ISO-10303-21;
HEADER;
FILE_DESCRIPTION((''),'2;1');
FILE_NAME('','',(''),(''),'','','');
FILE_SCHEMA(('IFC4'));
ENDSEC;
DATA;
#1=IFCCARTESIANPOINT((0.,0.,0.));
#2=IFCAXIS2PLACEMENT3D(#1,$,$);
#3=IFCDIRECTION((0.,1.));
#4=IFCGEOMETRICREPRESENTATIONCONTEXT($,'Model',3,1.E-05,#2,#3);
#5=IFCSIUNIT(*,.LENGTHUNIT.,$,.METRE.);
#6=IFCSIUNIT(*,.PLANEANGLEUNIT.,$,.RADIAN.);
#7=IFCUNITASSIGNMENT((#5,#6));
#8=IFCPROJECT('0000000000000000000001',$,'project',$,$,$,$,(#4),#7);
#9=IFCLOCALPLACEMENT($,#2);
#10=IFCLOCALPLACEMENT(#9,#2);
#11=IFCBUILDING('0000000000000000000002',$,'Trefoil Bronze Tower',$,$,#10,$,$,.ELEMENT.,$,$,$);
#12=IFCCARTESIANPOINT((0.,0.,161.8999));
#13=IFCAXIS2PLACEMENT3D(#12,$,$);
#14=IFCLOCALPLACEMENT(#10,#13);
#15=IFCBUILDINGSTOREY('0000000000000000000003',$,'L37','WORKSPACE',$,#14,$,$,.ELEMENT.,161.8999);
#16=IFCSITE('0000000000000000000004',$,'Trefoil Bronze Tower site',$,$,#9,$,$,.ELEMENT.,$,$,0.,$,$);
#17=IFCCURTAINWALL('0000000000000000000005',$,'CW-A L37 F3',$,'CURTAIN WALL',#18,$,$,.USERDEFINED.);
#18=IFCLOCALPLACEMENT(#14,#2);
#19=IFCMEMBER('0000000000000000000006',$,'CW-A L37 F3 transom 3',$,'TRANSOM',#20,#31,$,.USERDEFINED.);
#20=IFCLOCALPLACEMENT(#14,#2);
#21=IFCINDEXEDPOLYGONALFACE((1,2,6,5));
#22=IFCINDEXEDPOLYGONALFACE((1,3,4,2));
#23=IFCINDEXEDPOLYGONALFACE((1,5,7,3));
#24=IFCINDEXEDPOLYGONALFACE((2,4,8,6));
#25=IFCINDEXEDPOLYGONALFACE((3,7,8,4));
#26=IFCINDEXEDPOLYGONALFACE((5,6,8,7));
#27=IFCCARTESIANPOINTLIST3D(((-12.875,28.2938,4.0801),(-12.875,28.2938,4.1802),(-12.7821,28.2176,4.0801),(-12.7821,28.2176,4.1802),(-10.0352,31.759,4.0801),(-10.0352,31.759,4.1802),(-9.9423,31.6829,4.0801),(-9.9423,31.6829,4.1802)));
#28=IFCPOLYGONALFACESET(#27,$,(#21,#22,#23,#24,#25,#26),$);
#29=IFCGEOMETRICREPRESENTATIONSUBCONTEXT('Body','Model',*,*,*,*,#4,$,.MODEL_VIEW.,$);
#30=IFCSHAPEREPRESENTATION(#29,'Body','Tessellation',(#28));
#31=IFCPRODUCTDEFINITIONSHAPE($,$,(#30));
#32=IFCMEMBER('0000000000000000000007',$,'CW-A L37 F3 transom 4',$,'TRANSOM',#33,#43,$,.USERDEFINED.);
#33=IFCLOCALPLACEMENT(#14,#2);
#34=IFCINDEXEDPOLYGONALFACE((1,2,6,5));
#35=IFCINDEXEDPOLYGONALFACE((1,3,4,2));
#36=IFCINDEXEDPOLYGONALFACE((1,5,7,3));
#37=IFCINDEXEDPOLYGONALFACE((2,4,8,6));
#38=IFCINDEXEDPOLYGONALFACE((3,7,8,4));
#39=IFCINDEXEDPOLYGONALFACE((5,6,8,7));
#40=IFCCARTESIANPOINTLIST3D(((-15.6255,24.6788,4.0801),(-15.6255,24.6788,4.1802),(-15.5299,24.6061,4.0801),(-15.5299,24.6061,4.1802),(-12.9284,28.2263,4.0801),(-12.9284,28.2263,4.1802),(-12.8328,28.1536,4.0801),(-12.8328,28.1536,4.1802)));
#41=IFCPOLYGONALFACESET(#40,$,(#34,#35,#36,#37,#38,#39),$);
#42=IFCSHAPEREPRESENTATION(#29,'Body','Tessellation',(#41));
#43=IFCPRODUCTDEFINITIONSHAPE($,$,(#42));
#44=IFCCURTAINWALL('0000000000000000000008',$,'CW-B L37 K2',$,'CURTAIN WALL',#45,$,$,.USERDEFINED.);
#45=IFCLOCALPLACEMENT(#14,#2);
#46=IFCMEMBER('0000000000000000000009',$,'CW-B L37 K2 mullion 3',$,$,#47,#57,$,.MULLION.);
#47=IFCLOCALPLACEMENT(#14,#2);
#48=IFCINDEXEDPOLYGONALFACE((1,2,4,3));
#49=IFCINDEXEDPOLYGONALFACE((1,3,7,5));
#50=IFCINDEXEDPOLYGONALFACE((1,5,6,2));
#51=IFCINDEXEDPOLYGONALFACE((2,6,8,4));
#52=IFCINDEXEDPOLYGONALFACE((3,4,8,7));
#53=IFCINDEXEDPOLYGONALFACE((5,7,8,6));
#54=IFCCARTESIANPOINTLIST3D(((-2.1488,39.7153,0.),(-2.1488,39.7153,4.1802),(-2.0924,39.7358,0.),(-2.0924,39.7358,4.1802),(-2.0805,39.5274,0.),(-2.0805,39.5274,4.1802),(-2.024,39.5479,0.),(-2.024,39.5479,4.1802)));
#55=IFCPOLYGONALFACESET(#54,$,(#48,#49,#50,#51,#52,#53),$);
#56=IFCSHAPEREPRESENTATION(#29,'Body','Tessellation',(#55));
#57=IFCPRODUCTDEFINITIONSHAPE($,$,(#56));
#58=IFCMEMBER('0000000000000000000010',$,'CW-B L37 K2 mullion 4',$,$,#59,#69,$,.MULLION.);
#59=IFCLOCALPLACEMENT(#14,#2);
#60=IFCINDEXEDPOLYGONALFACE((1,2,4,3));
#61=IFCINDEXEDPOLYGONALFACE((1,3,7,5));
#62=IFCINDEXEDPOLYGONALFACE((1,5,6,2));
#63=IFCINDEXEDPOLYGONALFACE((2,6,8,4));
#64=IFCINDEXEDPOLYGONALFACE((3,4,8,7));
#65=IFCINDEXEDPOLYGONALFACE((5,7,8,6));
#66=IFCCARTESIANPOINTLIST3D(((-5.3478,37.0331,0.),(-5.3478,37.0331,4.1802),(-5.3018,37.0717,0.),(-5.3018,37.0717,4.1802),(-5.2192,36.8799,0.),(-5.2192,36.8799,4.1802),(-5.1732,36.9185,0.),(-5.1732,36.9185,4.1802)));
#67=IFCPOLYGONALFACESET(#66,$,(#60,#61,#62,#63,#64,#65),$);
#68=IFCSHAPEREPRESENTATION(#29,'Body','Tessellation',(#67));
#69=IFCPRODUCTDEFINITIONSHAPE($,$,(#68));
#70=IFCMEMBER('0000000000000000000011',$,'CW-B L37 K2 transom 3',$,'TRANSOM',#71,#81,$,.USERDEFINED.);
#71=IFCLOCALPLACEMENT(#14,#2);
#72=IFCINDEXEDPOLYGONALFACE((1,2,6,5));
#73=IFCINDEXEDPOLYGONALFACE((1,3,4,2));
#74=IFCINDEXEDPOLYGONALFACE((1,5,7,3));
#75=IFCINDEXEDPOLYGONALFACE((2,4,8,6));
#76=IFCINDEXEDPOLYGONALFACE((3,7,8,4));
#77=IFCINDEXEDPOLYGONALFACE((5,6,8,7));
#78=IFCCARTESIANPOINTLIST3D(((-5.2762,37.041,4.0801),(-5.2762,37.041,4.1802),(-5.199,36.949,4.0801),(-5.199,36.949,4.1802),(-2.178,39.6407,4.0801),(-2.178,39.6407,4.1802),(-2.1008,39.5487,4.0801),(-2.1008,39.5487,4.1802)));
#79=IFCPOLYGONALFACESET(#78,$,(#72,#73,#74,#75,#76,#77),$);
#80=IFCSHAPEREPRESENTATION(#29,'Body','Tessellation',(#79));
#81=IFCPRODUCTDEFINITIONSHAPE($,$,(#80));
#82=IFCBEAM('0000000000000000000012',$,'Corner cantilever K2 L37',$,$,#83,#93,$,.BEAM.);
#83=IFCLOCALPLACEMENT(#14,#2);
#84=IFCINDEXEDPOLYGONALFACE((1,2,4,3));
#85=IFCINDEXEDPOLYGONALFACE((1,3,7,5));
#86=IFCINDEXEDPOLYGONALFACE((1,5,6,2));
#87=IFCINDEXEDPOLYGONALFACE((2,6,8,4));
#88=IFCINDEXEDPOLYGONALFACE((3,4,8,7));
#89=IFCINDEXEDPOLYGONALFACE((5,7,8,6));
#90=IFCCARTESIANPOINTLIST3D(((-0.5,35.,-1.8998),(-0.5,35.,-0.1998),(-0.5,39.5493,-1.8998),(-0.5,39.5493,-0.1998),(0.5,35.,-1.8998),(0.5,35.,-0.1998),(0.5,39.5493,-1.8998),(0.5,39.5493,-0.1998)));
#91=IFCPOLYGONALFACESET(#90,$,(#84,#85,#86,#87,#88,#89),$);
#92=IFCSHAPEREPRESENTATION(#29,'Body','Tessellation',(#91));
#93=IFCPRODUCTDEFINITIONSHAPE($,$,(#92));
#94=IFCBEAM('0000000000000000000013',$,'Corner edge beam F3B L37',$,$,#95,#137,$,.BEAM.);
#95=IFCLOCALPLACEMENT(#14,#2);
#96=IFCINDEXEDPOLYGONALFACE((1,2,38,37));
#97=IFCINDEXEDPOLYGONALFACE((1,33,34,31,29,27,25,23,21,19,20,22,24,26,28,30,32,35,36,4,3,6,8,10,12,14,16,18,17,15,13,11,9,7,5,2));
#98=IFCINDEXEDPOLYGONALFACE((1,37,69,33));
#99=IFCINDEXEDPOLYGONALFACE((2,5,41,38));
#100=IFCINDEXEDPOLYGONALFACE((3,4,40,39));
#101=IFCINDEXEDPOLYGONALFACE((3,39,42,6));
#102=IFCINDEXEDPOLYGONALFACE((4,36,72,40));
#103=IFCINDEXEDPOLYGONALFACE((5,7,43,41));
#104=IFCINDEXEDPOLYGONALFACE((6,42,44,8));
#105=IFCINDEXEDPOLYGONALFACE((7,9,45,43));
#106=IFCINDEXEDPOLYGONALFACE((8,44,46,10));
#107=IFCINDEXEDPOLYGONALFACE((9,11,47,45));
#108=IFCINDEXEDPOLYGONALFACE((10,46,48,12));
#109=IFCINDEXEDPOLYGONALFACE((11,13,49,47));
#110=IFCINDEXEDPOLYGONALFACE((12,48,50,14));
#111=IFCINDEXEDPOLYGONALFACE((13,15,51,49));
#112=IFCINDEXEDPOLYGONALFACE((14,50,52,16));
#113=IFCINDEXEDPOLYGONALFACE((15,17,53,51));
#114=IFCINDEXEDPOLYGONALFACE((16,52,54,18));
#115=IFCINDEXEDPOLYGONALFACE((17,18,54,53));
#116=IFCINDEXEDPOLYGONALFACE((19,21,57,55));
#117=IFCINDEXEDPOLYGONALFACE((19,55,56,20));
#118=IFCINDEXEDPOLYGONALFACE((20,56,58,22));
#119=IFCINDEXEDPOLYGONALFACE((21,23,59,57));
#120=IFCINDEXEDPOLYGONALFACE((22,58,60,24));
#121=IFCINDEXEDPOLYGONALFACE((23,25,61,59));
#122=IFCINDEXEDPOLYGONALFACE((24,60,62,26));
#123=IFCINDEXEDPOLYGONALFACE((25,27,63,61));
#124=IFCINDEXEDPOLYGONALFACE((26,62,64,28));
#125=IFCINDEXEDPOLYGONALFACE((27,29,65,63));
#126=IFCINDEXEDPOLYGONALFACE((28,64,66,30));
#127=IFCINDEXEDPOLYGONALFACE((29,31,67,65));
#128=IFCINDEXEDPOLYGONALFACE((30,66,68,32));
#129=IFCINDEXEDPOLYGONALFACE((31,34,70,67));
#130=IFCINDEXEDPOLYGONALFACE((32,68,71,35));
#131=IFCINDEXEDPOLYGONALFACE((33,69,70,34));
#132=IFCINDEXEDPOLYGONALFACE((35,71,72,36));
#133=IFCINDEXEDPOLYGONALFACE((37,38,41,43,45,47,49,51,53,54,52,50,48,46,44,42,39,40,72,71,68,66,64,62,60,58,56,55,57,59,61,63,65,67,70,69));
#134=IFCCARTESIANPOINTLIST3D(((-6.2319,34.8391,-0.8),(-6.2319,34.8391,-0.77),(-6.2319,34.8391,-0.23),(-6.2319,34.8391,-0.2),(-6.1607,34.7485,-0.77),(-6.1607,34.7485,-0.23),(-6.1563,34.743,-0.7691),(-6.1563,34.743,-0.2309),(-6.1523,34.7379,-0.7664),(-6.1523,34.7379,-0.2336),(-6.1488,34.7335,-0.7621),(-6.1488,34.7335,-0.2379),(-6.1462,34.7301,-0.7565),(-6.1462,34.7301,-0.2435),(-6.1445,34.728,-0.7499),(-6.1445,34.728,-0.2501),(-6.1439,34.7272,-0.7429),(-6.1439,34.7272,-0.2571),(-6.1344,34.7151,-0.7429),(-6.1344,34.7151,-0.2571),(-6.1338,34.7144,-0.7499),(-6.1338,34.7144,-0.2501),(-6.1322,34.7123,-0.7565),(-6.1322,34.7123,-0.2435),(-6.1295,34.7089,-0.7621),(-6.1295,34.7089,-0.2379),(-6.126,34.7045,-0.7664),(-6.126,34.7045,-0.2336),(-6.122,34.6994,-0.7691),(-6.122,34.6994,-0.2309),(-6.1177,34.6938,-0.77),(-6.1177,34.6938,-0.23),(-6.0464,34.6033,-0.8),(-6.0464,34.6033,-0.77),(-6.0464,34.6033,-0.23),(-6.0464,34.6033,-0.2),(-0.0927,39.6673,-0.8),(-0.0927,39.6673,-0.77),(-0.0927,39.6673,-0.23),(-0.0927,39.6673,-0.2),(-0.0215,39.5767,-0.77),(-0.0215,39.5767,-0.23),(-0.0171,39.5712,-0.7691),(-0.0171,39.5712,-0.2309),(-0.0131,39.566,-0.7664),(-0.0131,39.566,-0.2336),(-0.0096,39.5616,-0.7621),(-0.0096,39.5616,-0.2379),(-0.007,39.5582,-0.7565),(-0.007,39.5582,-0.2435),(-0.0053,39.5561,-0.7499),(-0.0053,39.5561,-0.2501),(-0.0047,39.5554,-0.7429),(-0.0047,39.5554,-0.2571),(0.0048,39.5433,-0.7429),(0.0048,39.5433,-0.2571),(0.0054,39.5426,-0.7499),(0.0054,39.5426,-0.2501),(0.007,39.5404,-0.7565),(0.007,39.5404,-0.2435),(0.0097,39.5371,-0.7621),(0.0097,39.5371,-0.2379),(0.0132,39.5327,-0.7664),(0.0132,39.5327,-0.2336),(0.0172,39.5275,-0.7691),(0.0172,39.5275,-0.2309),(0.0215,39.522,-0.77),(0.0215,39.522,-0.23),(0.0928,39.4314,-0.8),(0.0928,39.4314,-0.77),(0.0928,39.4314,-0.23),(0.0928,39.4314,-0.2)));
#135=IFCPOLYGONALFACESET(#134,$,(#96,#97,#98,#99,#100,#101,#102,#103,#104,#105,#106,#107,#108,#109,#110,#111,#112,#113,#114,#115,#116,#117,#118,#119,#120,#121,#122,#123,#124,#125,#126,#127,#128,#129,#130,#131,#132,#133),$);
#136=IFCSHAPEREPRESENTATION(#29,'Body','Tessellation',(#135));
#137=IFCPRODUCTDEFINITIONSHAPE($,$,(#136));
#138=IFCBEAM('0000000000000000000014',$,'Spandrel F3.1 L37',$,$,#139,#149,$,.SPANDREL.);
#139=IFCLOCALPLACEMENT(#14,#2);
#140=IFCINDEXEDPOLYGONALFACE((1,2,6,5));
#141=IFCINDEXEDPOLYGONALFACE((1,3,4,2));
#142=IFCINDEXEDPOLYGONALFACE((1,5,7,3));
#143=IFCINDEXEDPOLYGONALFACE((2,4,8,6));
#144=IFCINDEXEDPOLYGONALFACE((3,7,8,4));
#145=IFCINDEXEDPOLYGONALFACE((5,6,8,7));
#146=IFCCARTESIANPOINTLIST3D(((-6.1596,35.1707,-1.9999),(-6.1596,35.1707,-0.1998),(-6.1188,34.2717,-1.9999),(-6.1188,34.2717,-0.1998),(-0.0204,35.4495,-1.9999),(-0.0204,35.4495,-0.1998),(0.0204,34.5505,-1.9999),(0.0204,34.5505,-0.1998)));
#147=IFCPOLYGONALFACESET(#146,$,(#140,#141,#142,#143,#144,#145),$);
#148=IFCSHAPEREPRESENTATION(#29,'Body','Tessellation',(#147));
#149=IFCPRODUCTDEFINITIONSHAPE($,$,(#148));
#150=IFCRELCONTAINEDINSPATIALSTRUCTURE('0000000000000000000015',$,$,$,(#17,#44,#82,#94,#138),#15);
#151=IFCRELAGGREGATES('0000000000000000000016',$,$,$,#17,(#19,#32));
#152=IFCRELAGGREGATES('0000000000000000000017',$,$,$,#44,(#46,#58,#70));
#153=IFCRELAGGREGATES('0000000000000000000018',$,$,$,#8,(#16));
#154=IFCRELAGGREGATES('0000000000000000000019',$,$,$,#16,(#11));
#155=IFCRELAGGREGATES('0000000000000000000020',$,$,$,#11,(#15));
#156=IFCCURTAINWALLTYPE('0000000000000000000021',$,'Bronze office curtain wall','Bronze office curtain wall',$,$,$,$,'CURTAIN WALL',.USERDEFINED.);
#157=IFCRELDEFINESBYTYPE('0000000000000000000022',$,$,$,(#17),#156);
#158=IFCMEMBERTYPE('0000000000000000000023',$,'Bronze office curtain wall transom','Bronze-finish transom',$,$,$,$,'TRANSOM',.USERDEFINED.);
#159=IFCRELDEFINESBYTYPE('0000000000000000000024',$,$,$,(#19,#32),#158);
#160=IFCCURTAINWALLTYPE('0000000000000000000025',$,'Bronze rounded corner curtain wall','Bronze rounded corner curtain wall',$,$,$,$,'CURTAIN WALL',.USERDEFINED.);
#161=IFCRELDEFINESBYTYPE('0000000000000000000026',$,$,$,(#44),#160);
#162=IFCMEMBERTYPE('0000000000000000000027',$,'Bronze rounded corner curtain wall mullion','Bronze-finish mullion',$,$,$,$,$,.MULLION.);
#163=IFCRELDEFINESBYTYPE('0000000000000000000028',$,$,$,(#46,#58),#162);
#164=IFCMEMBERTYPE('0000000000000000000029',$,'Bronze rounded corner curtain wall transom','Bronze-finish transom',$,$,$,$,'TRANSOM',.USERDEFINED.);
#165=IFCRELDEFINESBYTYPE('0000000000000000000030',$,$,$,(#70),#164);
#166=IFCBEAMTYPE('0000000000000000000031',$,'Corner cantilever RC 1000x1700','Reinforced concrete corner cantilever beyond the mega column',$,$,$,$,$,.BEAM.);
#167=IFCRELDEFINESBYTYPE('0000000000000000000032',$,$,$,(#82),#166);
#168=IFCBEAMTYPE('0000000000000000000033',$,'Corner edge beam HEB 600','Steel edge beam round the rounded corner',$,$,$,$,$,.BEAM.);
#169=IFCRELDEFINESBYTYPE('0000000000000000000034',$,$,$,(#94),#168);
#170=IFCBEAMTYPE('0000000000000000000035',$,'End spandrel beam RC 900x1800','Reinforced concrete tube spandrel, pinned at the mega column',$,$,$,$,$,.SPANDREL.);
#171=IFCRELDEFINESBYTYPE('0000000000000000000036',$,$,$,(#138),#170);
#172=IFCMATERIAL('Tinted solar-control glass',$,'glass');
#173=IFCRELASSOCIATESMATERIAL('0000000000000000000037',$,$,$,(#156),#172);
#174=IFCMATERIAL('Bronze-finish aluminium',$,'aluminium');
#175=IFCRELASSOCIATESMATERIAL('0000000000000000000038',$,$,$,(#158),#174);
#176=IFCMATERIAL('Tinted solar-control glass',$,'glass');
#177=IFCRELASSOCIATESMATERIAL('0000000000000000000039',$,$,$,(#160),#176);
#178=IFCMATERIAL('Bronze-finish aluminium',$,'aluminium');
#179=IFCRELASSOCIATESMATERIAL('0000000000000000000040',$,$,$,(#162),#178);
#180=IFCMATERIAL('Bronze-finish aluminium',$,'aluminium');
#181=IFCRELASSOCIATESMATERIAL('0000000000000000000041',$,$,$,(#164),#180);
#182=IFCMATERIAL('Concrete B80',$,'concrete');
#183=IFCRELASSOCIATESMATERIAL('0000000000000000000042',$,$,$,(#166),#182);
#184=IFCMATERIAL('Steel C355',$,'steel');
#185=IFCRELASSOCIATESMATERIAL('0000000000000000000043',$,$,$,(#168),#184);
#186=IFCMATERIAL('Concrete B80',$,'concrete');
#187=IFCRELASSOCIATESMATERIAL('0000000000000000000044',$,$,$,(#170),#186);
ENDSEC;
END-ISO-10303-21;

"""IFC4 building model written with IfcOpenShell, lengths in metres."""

from ifc_helpers import new_model, si_unit, direction, frame, origin, origin_2d, place, context, subcontext, project, spatial, rectangle, i_section, extrude, material, material_profile, profile_set, type_object, element, aggregate, save


model = new_model("IFC4")

# Units and contexts
model_context = context("Model", 3, precision=1e-05, world=origin(), true_north=direction((0.0, 1.0)))
body_context = subcontext(model_context, "Body", "Model", "MODEL_VIEW")
ifc_project = project(units=[si_unit("LENGTHUNIT", "METRE"), si_unit("PLANEANGLEUNIT", "RADIAN")], contexts=[model_context])

# Site, building, storey
site_placement = place(None, origin())
site = spatial("IfcSite", under=ifc_project, at=site_placement, Name="Trefoil Bronze Tower site", CompositionType="ELEMENT", RefElevation=0.0)
building_placement = place(site_placement, origin())
building = spatial("IfcBuilding", under=site, at=building_placement, Name="Trefoil Bronze Tower", CompositionType="ELEMENT")
storey_placement = place(building_placement, frame((0.0, 0.0, 161.8999)))
storey = spatial("IfcBuildingStorey", under=building, at=storey_placement, Name="L37", Description="WORKSPACE", CompositionType="ELEMENT", Elevation=161.8999)

# Curtain walls, members
ifc_material_1 = material(Name="Tinted solar-control glass", Category="glass")
curtain_wall_type_1 = type_object("IfcCurtainWallType", Name="Bronze office curtain wall", Description="Bronze office curtain wall", ElementType="CURTAIN WALL", PredefinedType="USERDEFINED", material=ifc_material_1)
curtain_wall_1_placement = place(storey_placement, origin())
curtain_wall_1 = element("IfcCurtainWall", 1, at=curtain_wall_1_placement, inside=storey, type_object=curtain_wall_type_1, Name="CW-A L37 F3", ObjectType="CURTAIN WALL", PredefinedType="USERDEFINED")
ifc_material_2 = material(Name="Bronze-finish aluminium", Category="aluminium")
ifc_material_profile_1 = material_profile(ifc_material_2, rectangle(XDim=0.1201, YDim=0.1001, at=origin_2d()), Name="CW-A transom")
ifc_profile_set_1 = profile_set([ifc_material_profile_1], Name="Bronze-finish aluminium")
member_type_1 = type_object("IfcMemberType", Name="Bronze office curtain wall transom", Description="Bronze-finish transom", ElementType="TRANSOM", PredefinedType="USERDEFINED", material=ifc_profile_set_1)
member_1_placement = place(storey_placement, frame((-9.9888, 31.7209, 4.1301), z_axis=(-0.633849, -0.773457, 0.0), x_axis=(0.773457, -0.633849, 0.0)))
member_1 = element("IfcMember", 2, at=member_1_placement, type_object=member_type_1, Name="CW-A L37 F3 transom 3", ObjectType="TRANSOM", PredefinedType="USERDEFINED", context=body_context, shape_type="SweptSolid", body=[
    extrude(rectangle(XDim=0.1201, YDim=0.1001, at=origin_2d()), origin(), (0.0, 0.0, 1.0), 4.4802),
])
member_2_placement = place(storey_placement, frame((-12.8806, 28.1899, 4.1301), z_axis=(-0.605229, -0.796051, 0.0), x_axis=(0.796051, -0.605229, 0.0)))
member_2 = element("IfcMember", 3, at=member_2_placement, type_object=member_type_1, Name="CW-A L37 F3 transom 4", ObjectType="TRANSOM", PredefinedType="USERDEFINED", context=body_context, shape_type="SweptSolid", body=[
    extrude(rectangle(XDim=0.1201, YDim=0.1001, at=origin_2d()), origin(), (0.0, 0.0, 1.0), 4.4563),
])
ifc_material_3 = material(Name="Tinted solar-control glass", Category="glass")
curtain_wall_type_2 = type_object("IfcCurtainWallType", Name="Bronze rounded corner curtain wall", Description="Bronze rounded corner curtain wall", ElementType="CURTAIN WALL", PredefinedType="USERDEFINED", material=ifc_material_3)
curtain_wall_2_placement = place(storey_placement, origin())
curtain_wall_2 = element("IfcCurtainWall", 4, at=curtain_wall_2_placement, inside=storey, type_object=curtain_wall_type_2, Name="CW-B L37 K2", ObjectType="CURTAIN WALL", PredefinedType="USERDEFINED")
ifc_material_4 = material(Name="Bronze-finish aluminium", Category="aluminium")
ifc_material_profile_2 = material_profile(ifc_material_4, rectangle(XDim=0.2, YDim=0.0601, at=origin_2d()), Name="CW-B mullion")
ifc_profile_set_2 = profile_set([ifc_material_profile_2], Name="Bronze-finish aluminium")
member_type_2 = type_object("IfcMemberType", Name="Bronze rounded corner curtain wall mullion", Description="Bronze-finish mullion", PredefinedType="MULLION", material=ifc_profile_set_2)
member_3_placement = place(storey_placement, frame((-2.0864, 39.6316, 0.0), z_axis=(0.0, 0.0, 1.0), x_axis=(0.34202, -0.939693, 0.0)))
member_3 = element("IfcMember", 5, at=member_3_placement, type_object=member_type_2, Name="CW-B L37 K2 mullion 3", PredefinedType="MULLION", context=body_context, shape_type="SweptSolid", body=[
    extrude(rectangle(XDim=0.2, YDim=0.0601, at=origin_2d()), origin(), (0.0, 0.0, 1.0), 4.1802),
])
member_4_placement = place(storey_placement, frame((-5.2605, 36.9758, 0.0), z_axis=(0.0, 0.0, 1.0), x_axis=(0.642788, -0.766044, 0.0)))
member_4 = element("IfcMember", 6, at=member_4_placement, type_object=member_type_2, Name="CW-B L37 K2 mullion 4", PredefinedType="MULLION", context=body_context, shape_type="SweptSolid", body=[
    extrude(rectangle(XDim=0.2, YDim=0.0601, at=origin_2d()), origin(), (0.0, 0.0, 1.0), 4.1802),
])
ifc_material_5 = material(Name="Bronze-finish aluminium", Category="aluminium")
ifc_material_profile_3 = material_profile(ifc_material_5, rectangle(XDim=0.1201, YDim=0.1001, at=origin_2d()), Name="CW-B transom")
ifc_profile_set_3 = profile_set([ifc_material_profile_3], Name="Bronze-finish aluminium")
member_type_3 = type_object("IfcMemberType", Name="Bronze rounded corner curtain wall transom", Description="Bronze-finish transom", ElementType="TRANSOM", PredefinedType="USERDEFINED", material=ifc_profile_set_3)
member_5_placement = place(storey_placement, frame((-2.1394, 39.5947, 4.1301), z_axis=(-0.76605, -0.642781, 0.0), x_axis=(0.642781, -0.76605, 0.0)))
member_5 = element("IfcMember", 7, at=member_5_placement, type_object=member_type_3, Name="CW-B L37 K2 transom 3", ObjectType="TRANSOM", PredefinedType="USERDEFINED", context=body_context, shape_type="SweptSolid", body=[
    extrude(rectangle(XDim=0.1201, YDim=0.1001, at=origin_2d()), origin(), (0.0, 0.0, 1.0), 4.0444),
])

# Beams
ifc_material_6 = material(Name="Concrete B80", Category="concrete")
ifc_material_profile_4 = material_profile(ifc_material_6, rectangle(XDim=1.0, YDim=1.7, at=origin_2d()), Name="RC 1000x1700")
ifc_profile_set_4 = profile_set([ifc_material_profile_4], Name="Concrete B80")
beam_type_1 = type_object("IfcBeamType", Name="Corner cantilever RC 1000x1700", Description="Reinforced concrete corner cantilever beyond the mega column", PredefinedType="BEAM", material=ifc_profile_set_4)
beam_1_placement = place(storey_placement, frame((0.0, 35.0, -1.0498), z_axis=(0.0, 1.0, 0.0), x_axis=(-1.0, 0.0, 0.0)))
element("IfcBeam", 8, at=beam_1_placement, inside=storey, type_object=beam_type_1, Name="Corner cantilever K2 L37", PredefinedType="BEAM", context=body_context, shape_type="SweptSolid", body=[
    extrude(rectangle(XDim=1.0, YDim=1.7, at=origin_2d()), origin(), (0.0, 0.0, 1.0), 4.5493),
])
ifc_material_7 = material(Name="Steel C355", Category="steel")
ifc_material_profile_5 = material_profile(ifc_material_7, i_section(OverallWidth=0.3, OverallDepth=0.6001, WebThickness=0.0154, FlangeThickness=0.03, FilletRadius=0.0271, at=origin_2d()), Name="HEB 600")
ifc_profile_set_5 = profile_set([ifc_material_profile_5], Name="Steel C355")
beam_type_2 = type_object("IfcBeamType", Name="Corner edge beam HEB 600", Description="Steel edge beam round the rounded corner", PredefinedType="BEAM", material=ifc_profile_set_5)
beam_2_placement = place(storey_placement, frame((-6.1392, 34.7212, -0.5), z_axis=(0.786038, 0.618178, 0.0), x_axis=(-0.618178, 0.786038, 0.0)))
element("IfcBeam", 9, at=beam_2_placement, inside=storey, type_object=beam_type_2, Name="Corner edge beam F3B L37", PredefinedType="BEAM", context=body_context, shape_type="SweptSolid", body=[
    extrude(i_section(OverallWidth=0.3, OverallDepth=0.6001, WebThickness=0.0154, FlangeThickness=0.03, FilletRadius=0.0271, at=origin_2d()), origin(), (0.0, 0.0, 1.0), 7.8103),
])
ifc_material_8 = material(Name="Concrete B80", Category="concrete")
ifc_material_profile_6 = material_profile(ifc_material_8, rectangle(XDim=0.8999, YDim=1.8, at=origin_2d()), Name="RC 900x1800")
ifc_profile_set_6 = profile_set([ifc_material_profile_6], Name="Concrete B80")
beam_type_3 = type_object("IfcBeamType", Name="End spandrel beam RC 900x1800", Description="Reinforced concrete tube spandrel, pinned at the mega column", PredefinedType="SPANDREL", material=ifc_profile_set_6)
beam_3_placement = place(storey_placement, frame((0.0, 35.0, -1.0999), z_axis=(-0.99897, -0.045368, 0.0), x_axis=(0.045368, -0.99897, 0.0)))
element("IfcBeam", 10, at=beam_3_placement, inside=storey, type_object=beam_type_3, Name="Spandrel F3.1 L37", PredefinedType="SPANDREL", context=body_context, shape_type="SweptSolid", body=[
    extrude(rectangle(XDim=0.8999, YDim=1.8, at=origin_2d()), origin(), (0.0, 0.0, 1.0), 6.1455),
])

aggregate(curtain_wall_1, [member_1, member_2])
aggregate(curtain_wall_2, [member_3, member_4, member_5])

save(model, "model.ifc")
